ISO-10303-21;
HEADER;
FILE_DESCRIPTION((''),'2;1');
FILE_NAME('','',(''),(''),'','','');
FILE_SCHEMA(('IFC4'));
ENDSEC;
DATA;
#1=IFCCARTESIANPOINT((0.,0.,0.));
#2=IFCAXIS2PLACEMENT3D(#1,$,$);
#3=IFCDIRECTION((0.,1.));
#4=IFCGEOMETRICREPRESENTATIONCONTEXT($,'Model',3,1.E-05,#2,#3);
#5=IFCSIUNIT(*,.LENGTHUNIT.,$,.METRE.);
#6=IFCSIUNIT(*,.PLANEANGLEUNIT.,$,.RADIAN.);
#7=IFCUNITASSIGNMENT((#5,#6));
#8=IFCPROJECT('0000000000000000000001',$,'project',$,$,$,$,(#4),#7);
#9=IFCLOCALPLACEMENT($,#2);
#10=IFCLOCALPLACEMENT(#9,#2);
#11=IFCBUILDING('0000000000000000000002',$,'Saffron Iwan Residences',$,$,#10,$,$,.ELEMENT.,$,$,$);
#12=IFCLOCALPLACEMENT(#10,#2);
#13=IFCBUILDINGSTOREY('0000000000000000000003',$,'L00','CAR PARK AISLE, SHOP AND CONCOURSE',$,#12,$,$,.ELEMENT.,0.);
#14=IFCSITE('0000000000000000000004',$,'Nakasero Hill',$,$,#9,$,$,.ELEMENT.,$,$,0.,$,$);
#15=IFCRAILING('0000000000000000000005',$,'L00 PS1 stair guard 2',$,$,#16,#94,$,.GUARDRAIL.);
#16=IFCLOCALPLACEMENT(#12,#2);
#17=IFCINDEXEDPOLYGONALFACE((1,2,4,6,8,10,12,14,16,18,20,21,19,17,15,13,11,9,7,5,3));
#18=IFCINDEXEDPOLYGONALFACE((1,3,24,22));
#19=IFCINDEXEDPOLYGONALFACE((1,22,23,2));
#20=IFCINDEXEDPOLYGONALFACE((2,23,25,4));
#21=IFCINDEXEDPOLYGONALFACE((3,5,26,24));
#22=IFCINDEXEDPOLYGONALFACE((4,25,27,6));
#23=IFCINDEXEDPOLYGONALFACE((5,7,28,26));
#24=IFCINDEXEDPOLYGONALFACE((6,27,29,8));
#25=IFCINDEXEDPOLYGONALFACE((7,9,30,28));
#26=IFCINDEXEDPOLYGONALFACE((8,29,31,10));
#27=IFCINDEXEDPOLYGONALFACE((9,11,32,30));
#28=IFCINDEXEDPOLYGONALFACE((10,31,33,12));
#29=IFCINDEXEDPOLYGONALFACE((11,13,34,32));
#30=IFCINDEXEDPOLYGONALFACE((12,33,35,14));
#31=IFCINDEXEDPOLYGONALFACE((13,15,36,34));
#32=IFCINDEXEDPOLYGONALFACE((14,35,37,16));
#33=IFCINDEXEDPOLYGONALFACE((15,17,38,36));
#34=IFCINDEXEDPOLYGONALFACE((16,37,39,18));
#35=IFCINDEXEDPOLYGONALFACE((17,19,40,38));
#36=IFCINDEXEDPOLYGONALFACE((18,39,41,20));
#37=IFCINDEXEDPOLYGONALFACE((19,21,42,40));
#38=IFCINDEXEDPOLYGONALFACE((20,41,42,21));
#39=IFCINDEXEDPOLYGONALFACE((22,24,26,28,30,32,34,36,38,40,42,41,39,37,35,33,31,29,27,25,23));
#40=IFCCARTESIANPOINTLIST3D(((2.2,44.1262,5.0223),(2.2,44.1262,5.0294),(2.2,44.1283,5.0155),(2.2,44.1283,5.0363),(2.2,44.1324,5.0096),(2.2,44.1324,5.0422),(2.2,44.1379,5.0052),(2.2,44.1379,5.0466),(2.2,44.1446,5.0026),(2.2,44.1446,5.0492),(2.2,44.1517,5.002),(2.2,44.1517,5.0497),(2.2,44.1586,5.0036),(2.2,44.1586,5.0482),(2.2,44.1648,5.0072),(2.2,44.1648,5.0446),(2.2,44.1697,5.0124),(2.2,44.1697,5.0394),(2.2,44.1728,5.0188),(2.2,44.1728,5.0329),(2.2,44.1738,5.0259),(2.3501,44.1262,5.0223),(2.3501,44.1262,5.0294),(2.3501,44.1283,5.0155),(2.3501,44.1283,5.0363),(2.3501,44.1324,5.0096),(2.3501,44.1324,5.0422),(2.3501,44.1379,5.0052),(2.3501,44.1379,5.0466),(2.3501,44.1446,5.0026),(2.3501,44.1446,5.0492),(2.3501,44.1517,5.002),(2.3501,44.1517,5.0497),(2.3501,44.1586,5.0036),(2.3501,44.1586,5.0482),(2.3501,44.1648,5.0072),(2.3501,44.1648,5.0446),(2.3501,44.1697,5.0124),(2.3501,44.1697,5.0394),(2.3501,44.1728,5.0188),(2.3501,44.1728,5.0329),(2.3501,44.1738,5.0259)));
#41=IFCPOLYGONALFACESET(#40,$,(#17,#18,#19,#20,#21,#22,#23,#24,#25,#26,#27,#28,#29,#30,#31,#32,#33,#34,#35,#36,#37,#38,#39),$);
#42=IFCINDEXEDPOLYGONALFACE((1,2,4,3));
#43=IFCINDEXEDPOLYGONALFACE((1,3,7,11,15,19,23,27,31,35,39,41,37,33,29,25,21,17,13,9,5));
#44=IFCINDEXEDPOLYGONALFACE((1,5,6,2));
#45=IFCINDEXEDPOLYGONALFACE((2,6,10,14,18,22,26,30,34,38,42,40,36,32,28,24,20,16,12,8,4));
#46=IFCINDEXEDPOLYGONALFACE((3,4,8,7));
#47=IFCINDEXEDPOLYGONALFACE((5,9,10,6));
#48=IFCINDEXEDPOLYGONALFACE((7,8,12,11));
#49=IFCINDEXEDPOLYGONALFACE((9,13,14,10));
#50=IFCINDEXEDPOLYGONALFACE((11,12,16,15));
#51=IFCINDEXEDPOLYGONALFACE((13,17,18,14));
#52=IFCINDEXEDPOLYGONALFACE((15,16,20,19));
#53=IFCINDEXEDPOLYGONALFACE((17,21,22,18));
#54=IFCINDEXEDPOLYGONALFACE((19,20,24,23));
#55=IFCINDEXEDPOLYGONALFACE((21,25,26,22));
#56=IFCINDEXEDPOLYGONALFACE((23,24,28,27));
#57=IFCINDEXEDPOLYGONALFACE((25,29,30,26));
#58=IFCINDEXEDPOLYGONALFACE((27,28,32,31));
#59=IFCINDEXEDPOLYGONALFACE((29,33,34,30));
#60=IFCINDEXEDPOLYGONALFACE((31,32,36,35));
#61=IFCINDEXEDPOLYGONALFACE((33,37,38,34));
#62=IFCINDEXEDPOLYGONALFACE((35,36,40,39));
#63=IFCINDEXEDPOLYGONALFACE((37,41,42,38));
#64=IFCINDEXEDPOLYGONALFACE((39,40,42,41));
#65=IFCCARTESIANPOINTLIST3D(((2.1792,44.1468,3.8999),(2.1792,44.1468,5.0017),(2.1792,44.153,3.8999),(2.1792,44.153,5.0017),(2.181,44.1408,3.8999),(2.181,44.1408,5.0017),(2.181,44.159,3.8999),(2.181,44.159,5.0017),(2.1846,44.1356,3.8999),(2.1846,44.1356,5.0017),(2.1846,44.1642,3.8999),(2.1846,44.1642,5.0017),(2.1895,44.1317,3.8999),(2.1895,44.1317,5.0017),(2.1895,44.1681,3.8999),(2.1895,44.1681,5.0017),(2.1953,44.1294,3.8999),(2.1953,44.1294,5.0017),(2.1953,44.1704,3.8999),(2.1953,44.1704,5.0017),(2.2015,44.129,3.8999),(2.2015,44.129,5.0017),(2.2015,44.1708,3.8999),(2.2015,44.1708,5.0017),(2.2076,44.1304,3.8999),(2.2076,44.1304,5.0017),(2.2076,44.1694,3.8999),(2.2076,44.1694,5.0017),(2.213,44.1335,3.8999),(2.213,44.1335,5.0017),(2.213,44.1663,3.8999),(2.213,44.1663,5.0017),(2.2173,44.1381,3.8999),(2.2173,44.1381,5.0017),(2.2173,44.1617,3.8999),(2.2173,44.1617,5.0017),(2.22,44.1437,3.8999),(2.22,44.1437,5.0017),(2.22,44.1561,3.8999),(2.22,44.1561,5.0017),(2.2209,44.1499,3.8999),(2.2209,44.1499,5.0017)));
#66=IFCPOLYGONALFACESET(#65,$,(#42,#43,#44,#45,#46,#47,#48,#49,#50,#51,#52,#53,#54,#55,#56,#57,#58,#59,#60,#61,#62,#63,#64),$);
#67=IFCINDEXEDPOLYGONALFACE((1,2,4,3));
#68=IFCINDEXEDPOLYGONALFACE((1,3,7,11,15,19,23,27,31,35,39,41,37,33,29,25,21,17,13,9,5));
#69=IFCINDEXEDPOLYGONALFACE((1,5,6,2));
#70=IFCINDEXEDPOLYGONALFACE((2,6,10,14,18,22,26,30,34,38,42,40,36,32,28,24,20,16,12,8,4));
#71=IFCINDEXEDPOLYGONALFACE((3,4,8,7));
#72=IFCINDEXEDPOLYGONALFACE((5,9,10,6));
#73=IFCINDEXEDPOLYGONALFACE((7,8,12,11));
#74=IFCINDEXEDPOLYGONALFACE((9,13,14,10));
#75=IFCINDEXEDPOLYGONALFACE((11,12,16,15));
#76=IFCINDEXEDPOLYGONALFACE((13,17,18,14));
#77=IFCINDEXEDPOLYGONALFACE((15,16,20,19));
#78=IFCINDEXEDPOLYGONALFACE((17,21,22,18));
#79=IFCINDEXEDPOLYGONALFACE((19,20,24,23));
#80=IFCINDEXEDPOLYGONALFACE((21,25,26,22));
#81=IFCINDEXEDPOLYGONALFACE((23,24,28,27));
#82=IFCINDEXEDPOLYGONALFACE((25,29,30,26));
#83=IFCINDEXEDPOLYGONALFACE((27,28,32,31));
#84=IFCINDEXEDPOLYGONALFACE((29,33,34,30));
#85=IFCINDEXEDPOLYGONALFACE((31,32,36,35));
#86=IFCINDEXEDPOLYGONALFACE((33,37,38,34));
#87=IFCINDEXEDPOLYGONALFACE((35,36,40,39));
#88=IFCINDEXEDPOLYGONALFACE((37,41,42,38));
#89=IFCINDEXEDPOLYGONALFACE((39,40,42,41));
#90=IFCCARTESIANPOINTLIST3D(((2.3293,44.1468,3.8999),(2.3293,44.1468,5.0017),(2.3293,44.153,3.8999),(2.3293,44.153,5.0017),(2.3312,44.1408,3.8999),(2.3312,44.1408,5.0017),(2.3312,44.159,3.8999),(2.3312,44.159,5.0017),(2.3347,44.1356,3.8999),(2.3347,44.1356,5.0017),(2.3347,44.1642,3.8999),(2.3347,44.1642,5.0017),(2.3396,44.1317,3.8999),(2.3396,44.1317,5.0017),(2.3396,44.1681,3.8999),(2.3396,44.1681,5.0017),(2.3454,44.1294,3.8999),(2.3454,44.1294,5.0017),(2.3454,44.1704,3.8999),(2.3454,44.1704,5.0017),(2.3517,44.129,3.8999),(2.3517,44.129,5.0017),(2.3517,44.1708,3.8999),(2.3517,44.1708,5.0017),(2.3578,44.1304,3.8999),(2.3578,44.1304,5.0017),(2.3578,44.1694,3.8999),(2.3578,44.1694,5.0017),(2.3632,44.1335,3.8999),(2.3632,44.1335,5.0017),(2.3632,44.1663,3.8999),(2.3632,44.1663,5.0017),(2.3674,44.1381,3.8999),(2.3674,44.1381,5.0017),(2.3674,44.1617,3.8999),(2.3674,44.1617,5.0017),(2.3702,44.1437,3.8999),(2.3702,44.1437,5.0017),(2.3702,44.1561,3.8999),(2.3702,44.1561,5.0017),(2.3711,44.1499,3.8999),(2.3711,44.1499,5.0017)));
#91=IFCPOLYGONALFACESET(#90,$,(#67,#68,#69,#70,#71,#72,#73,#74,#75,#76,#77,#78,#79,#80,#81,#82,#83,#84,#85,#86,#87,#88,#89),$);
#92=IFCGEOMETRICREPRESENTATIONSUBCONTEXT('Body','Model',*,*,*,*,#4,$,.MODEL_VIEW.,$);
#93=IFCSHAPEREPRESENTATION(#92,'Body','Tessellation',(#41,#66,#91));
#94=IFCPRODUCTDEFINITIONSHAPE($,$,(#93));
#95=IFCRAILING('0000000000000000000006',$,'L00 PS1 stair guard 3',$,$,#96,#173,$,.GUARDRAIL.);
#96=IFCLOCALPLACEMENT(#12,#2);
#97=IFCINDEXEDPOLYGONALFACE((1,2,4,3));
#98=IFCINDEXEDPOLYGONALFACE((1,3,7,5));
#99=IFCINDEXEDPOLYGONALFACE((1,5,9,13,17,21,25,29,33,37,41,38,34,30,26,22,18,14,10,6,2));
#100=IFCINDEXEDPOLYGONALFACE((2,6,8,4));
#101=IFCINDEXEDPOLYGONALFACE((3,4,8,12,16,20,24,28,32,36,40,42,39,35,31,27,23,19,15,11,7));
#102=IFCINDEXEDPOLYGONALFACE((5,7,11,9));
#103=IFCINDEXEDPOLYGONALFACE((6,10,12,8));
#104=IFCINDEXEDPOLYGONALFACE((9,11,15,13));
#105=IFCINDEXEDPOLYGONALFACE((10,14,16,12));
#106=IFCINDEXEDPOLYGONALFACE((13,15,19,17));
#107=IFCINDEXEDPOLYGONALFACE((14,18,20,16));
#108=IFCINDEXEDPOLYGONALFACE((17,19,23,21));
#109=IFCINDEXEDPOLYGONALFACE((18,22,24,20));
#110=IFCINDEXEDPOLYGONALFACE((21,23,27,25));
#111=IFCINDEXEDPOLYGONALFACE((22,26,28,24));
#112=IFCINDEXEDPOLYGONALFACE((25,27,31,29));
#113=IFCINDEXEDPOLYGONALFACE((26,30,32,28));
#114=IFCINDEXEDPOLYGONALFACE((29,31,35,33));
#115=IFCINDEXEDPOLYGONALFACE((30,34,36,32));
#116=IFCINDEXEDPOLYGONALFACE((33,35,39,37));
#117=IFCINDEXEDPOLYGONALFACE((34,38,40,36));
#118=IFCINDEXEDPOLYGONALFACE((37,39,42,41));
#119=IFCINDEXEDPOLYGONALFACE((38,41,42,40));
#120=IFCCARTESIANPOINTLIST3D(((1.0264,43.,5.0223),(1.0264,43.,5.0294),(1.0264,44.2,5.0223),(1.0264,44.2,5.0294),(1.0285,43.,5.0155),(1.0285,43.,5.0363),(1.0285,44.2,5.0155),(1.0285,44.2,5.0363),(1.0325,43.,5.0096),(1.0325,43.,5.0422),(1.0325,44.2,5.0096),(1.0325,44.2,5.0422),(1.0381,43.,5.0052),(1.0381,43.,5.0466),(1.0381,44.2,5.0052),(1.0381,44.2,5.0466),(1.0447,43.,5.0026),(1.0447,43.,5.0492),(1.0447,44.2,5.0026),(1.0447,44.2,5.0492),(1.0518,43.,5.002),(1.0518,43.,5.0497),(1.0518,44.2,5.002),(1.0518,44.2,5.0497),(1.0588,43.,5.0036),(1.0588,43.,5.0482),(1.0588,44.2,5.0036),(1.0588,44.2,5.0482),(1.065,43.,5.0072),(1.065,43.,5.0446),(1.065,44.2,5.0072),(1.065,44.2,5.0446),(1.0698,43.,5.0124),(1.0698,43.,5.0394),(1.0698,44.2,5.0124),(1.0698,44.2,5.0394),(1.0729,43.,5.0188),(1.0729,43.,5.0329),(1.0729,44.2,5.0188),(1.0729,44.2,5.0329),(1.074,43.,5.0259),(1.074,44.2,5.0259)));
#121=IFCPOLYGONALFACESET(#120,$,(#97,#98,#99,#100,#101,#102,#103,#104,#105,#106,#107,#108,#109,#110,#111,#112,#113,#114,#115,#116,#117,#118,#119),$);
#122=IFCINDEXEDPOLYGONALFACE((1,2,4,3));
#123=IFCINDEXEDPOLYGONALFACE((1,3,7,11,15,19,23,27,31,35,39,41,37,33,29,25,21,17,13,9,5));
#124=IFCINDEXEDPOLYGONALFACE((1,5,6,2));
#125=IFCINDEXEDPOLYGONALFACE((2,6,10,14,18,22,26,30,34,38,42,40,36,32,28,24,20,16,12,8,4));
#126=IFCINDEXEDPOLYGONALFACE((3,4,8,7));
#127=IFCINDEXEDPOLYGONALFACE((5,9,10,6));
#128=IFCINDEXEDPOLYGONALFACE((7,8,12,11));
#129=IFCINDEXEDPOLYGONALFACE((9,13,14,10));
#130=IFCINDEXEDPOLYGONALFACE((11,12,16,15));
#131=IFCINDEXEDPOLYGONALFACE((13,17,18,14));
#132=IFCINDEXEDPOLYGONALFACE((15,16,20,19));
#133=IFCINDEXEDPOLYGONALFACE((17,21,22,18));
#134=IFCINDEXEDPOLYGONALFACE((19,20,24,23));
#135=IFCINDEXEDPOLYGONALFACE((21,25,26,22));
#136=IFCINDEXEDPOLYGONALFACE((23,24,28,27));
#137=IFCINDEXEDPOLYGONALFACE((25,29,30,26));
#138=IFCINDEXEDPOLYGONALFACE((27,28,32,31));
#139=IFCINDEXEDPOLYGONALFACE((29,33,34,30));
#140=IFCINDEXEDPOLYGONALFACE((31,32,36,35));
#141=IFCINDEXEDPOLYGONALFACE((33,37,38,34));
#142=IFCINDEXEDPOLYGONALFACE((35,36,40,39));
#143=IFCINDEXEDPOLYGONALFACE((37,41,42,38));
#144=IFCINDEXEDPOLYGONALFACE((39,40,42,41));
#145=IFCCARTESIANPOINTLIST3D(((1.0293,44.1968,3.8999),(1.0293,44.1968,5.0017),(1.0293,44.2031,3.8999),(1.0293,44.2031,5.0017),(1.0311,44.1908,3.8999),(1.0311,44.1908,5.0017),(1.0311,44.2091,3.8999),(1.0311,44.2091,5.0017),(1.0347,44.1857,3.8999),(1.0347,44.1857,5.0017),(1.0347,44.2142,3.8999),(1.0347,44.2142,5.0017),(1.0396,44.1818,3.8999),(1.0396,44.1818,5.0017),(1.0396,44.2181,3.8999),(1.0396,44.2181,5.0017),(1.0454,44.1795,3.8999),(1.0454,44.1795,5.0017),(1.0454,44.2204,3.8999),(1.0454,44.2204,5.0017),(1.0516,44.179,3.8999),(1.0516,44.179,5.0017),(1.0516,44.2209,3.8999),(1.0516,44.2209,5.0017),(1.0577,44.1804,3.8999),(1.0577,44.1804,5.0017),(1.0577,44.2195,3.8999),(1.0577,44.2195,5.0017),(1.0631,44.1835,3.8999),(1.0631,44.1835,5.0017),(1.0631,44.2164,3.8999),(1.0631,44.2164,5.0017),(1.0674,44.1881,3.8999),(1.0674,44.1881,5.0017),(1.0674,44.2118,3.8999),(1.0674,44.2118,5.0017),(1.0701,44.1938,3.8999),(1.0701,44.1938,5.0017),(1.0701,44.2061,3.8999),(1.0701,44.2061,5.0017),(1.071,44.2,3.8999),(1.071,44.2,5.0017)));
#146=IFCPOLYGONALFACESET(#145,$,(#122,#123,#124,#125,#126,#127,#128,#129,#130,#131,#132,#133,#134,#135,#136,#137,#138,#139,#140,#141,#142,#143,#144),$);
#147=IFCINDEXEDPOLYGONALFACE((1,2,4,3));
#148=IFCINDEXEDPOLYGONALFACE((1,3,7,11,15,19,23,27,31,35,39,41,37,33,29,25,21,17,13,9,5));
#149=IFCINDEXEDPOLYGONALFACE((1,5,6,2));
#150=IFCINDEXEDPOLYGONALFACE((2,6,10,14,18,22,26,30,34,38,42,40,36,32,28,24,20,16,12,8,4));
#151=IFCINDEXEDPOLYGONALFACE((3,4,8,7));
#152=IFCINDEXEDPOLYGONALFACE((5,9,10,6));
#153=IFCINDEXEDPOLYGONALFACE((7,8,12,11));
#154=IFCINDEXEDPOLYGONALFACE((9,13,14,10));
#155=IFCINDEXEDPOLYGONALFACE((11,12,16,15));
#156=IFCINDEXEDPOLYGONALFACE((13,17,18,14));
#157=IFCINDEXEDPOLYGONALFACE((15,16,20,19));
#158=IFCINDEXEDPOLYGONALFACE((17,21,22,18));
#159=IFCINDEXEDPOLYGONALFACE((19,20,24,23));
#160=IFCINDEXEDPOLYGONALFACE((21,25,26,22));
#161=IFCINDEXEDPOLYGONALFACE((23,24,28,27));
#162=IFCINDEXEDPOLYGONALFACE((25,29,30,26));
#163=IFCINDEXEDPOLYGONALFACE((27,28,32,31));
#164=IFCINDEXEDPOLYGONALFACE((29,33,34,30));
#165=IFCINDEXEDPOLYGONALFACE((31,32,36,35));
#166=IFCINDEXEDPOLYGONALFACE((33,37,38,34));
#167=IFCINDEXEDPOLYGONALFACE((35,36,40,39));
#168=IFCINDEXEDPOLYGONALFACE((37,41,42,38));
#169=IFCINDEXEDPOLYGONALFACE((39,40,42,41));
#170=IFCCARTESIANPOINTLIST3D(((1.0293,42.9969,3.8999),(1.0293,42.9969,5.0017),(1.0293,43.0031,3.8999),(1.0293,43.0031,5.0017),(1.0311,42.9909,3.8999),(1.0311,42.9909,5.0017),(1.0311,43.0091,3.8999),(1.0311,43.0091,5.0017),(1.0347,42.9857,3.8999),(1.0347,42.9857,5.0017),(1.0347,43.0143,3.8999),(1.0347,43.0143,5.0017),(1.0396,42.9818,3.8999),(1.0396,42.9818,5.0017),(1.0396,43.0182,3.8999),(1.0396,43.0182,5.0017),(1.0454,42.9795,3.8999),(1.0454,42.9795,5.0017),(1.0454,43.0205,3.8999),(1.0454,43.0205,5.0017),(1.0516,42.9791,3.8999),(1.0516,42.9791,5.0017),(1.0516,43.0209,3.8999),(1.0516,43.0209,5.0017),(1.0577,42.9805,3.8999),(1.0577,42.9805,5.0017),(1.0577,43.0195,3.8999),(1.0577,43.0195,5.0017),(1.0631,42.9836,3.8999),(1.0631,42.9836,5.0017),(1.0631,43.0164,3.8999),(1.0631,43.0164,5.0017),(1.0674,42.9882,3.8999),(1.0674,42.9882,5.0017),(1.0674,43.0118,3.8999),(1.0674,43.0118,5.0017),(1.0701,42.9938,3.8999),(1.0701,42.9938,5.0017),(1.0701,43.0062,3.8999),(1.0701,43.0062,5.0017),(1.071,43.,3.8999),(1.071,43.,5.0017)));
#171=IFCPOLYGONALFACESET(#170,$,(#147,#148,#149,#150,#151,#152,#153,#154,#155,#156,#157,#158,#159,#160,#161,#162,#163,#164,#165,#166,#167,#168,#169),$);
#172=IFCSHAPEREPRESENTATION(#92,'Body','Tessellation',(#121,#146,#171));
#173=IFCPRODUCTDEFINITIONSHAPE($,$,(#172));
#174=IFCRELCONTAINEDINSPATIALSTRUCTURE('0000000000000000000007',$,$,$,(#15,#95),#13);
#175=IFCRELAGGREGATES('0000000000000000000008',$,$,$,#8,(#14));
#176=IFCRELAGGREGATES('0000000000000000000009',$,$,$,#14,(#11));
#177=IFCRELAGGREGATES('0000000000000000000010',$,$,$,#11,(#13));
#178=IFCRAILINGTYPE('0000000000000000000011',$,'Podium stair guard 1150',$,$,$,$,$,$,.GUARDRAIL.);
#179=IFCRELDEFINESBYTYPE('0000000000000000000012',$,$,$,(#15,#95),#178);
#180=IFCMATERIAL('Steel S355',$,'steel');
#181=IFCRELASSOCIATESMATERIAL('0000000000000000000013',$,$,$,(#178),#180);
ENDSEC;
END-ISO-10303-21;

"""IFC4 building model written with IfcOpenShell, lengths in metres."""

from ifc_helpers import new_model, si_unit, direction, frame, origin, origin_2d, place, context, subcontext, project, spatial, circle, extrude, material, type_object, element, save


model = new_model("IFC4")

# Units and contexts
model_context = context("Model", 3, precision=1e-05, world=origin(), true_north=direction((0.0, 1.0)))
body_context = subcontext(model_context, "Body", "Model", "MODEL_VIEW")
ifc_project = project(units=[si_unit("LENGTHUNIT", "METRE"), si_unit("PLANEANGLEUNIT", "RADIAN")], contexts=[model_context])

# Site, building, storey
site_placement = place(None, origin())
site = spatial("IfcSite", under=ifc_project, at=site_placement, Name="Nakasero Hill", CompositionType="ELEMENT", RefElevation=0.0)
building_placement = place(site_placement, origin())
building = spatial("IfcBuilding", under=site, at=building_placement, Name="Saffron Iwan Residences", CompositionType="ELEMENT")
storey_placement = place(building_placement, origin())
storey = spatial("IfcBuildingStorey", under=building, at=storey_placement, Name="L00", Description="CAR PARK AISLE, SHOP AND CONCOURSE", CompositionType="ELEMENT", Elevation=0.0)

# Railings
ifc_material_1 = material(Name="Steel S355", Category="steel")
railing_type_1 = type_object("IfcRailingType", Name="Podium stair guard 1150", PredefinedType="GUARDRAIL", material=ifc_material_1)
railing_1_placement = place(storey_placement, frame((2.2, 44.1499, 3.8999)))
element("IfcRailing", 1, at=railing_1_placement, inside=storey, type_object=railing_type_1, Name="L00 PS1 stair guard 2", PredefinedType="GUARDRAIL", context=body_context, shape_type="SweptSolid", body=[
    extrude(circle(Radius=0.0239, at=origin_2d()), frame((0.0, 0.0, 1.126), z_axis=(1.0, 0.0, 0.0), x_axis=(0.0, 1.0, 0.0)), (0.0, 0.0, 1.0), 0.1501),
    extrude(circle(Radius=0.021, at=origin_2d()), origin(), (0.0, 0.0, 1.0), 1.1018),
    extrude(circle(Radius=0.021, at=origin_2d()), frame((0.1501, 0.0, 0.0)), (0.0, 0.0, 1.0), 1.1018),
])
railing_2_placement = place(storey_placement, frame((1.05, 44.2, 3.8999)))
element("IfcRailing", 2, at=railing_2_placement, inside=storey, type_object=railing_type_1, Name="L00 PS1 stair guard 3", PredefinedType="GUARDRAIL", context=body_context, shape_type="SweptSolid", body=[
    extrude(circle(Radius=0.0239, at=origin_2d()), frame((0.0, 0.0, 1.126), z_axis=(0.0, -1.0, 0.0), x_axis=(1.0, 0.0, 0.0)), (0.0, 0.0, 1.0), 1.2),
    extrude(circle(Radius=0.021, at=origin_2d()), origin(), (0.0, 0.0, 1.0), 1.1018),
    extrude(circle(Radius=0.021, at=origin_2d()), frame((0.0, -1.2, 0.0)), (0.0, 0.0, 1.0), 1.1018),
])

save(model, "model.ifc")
